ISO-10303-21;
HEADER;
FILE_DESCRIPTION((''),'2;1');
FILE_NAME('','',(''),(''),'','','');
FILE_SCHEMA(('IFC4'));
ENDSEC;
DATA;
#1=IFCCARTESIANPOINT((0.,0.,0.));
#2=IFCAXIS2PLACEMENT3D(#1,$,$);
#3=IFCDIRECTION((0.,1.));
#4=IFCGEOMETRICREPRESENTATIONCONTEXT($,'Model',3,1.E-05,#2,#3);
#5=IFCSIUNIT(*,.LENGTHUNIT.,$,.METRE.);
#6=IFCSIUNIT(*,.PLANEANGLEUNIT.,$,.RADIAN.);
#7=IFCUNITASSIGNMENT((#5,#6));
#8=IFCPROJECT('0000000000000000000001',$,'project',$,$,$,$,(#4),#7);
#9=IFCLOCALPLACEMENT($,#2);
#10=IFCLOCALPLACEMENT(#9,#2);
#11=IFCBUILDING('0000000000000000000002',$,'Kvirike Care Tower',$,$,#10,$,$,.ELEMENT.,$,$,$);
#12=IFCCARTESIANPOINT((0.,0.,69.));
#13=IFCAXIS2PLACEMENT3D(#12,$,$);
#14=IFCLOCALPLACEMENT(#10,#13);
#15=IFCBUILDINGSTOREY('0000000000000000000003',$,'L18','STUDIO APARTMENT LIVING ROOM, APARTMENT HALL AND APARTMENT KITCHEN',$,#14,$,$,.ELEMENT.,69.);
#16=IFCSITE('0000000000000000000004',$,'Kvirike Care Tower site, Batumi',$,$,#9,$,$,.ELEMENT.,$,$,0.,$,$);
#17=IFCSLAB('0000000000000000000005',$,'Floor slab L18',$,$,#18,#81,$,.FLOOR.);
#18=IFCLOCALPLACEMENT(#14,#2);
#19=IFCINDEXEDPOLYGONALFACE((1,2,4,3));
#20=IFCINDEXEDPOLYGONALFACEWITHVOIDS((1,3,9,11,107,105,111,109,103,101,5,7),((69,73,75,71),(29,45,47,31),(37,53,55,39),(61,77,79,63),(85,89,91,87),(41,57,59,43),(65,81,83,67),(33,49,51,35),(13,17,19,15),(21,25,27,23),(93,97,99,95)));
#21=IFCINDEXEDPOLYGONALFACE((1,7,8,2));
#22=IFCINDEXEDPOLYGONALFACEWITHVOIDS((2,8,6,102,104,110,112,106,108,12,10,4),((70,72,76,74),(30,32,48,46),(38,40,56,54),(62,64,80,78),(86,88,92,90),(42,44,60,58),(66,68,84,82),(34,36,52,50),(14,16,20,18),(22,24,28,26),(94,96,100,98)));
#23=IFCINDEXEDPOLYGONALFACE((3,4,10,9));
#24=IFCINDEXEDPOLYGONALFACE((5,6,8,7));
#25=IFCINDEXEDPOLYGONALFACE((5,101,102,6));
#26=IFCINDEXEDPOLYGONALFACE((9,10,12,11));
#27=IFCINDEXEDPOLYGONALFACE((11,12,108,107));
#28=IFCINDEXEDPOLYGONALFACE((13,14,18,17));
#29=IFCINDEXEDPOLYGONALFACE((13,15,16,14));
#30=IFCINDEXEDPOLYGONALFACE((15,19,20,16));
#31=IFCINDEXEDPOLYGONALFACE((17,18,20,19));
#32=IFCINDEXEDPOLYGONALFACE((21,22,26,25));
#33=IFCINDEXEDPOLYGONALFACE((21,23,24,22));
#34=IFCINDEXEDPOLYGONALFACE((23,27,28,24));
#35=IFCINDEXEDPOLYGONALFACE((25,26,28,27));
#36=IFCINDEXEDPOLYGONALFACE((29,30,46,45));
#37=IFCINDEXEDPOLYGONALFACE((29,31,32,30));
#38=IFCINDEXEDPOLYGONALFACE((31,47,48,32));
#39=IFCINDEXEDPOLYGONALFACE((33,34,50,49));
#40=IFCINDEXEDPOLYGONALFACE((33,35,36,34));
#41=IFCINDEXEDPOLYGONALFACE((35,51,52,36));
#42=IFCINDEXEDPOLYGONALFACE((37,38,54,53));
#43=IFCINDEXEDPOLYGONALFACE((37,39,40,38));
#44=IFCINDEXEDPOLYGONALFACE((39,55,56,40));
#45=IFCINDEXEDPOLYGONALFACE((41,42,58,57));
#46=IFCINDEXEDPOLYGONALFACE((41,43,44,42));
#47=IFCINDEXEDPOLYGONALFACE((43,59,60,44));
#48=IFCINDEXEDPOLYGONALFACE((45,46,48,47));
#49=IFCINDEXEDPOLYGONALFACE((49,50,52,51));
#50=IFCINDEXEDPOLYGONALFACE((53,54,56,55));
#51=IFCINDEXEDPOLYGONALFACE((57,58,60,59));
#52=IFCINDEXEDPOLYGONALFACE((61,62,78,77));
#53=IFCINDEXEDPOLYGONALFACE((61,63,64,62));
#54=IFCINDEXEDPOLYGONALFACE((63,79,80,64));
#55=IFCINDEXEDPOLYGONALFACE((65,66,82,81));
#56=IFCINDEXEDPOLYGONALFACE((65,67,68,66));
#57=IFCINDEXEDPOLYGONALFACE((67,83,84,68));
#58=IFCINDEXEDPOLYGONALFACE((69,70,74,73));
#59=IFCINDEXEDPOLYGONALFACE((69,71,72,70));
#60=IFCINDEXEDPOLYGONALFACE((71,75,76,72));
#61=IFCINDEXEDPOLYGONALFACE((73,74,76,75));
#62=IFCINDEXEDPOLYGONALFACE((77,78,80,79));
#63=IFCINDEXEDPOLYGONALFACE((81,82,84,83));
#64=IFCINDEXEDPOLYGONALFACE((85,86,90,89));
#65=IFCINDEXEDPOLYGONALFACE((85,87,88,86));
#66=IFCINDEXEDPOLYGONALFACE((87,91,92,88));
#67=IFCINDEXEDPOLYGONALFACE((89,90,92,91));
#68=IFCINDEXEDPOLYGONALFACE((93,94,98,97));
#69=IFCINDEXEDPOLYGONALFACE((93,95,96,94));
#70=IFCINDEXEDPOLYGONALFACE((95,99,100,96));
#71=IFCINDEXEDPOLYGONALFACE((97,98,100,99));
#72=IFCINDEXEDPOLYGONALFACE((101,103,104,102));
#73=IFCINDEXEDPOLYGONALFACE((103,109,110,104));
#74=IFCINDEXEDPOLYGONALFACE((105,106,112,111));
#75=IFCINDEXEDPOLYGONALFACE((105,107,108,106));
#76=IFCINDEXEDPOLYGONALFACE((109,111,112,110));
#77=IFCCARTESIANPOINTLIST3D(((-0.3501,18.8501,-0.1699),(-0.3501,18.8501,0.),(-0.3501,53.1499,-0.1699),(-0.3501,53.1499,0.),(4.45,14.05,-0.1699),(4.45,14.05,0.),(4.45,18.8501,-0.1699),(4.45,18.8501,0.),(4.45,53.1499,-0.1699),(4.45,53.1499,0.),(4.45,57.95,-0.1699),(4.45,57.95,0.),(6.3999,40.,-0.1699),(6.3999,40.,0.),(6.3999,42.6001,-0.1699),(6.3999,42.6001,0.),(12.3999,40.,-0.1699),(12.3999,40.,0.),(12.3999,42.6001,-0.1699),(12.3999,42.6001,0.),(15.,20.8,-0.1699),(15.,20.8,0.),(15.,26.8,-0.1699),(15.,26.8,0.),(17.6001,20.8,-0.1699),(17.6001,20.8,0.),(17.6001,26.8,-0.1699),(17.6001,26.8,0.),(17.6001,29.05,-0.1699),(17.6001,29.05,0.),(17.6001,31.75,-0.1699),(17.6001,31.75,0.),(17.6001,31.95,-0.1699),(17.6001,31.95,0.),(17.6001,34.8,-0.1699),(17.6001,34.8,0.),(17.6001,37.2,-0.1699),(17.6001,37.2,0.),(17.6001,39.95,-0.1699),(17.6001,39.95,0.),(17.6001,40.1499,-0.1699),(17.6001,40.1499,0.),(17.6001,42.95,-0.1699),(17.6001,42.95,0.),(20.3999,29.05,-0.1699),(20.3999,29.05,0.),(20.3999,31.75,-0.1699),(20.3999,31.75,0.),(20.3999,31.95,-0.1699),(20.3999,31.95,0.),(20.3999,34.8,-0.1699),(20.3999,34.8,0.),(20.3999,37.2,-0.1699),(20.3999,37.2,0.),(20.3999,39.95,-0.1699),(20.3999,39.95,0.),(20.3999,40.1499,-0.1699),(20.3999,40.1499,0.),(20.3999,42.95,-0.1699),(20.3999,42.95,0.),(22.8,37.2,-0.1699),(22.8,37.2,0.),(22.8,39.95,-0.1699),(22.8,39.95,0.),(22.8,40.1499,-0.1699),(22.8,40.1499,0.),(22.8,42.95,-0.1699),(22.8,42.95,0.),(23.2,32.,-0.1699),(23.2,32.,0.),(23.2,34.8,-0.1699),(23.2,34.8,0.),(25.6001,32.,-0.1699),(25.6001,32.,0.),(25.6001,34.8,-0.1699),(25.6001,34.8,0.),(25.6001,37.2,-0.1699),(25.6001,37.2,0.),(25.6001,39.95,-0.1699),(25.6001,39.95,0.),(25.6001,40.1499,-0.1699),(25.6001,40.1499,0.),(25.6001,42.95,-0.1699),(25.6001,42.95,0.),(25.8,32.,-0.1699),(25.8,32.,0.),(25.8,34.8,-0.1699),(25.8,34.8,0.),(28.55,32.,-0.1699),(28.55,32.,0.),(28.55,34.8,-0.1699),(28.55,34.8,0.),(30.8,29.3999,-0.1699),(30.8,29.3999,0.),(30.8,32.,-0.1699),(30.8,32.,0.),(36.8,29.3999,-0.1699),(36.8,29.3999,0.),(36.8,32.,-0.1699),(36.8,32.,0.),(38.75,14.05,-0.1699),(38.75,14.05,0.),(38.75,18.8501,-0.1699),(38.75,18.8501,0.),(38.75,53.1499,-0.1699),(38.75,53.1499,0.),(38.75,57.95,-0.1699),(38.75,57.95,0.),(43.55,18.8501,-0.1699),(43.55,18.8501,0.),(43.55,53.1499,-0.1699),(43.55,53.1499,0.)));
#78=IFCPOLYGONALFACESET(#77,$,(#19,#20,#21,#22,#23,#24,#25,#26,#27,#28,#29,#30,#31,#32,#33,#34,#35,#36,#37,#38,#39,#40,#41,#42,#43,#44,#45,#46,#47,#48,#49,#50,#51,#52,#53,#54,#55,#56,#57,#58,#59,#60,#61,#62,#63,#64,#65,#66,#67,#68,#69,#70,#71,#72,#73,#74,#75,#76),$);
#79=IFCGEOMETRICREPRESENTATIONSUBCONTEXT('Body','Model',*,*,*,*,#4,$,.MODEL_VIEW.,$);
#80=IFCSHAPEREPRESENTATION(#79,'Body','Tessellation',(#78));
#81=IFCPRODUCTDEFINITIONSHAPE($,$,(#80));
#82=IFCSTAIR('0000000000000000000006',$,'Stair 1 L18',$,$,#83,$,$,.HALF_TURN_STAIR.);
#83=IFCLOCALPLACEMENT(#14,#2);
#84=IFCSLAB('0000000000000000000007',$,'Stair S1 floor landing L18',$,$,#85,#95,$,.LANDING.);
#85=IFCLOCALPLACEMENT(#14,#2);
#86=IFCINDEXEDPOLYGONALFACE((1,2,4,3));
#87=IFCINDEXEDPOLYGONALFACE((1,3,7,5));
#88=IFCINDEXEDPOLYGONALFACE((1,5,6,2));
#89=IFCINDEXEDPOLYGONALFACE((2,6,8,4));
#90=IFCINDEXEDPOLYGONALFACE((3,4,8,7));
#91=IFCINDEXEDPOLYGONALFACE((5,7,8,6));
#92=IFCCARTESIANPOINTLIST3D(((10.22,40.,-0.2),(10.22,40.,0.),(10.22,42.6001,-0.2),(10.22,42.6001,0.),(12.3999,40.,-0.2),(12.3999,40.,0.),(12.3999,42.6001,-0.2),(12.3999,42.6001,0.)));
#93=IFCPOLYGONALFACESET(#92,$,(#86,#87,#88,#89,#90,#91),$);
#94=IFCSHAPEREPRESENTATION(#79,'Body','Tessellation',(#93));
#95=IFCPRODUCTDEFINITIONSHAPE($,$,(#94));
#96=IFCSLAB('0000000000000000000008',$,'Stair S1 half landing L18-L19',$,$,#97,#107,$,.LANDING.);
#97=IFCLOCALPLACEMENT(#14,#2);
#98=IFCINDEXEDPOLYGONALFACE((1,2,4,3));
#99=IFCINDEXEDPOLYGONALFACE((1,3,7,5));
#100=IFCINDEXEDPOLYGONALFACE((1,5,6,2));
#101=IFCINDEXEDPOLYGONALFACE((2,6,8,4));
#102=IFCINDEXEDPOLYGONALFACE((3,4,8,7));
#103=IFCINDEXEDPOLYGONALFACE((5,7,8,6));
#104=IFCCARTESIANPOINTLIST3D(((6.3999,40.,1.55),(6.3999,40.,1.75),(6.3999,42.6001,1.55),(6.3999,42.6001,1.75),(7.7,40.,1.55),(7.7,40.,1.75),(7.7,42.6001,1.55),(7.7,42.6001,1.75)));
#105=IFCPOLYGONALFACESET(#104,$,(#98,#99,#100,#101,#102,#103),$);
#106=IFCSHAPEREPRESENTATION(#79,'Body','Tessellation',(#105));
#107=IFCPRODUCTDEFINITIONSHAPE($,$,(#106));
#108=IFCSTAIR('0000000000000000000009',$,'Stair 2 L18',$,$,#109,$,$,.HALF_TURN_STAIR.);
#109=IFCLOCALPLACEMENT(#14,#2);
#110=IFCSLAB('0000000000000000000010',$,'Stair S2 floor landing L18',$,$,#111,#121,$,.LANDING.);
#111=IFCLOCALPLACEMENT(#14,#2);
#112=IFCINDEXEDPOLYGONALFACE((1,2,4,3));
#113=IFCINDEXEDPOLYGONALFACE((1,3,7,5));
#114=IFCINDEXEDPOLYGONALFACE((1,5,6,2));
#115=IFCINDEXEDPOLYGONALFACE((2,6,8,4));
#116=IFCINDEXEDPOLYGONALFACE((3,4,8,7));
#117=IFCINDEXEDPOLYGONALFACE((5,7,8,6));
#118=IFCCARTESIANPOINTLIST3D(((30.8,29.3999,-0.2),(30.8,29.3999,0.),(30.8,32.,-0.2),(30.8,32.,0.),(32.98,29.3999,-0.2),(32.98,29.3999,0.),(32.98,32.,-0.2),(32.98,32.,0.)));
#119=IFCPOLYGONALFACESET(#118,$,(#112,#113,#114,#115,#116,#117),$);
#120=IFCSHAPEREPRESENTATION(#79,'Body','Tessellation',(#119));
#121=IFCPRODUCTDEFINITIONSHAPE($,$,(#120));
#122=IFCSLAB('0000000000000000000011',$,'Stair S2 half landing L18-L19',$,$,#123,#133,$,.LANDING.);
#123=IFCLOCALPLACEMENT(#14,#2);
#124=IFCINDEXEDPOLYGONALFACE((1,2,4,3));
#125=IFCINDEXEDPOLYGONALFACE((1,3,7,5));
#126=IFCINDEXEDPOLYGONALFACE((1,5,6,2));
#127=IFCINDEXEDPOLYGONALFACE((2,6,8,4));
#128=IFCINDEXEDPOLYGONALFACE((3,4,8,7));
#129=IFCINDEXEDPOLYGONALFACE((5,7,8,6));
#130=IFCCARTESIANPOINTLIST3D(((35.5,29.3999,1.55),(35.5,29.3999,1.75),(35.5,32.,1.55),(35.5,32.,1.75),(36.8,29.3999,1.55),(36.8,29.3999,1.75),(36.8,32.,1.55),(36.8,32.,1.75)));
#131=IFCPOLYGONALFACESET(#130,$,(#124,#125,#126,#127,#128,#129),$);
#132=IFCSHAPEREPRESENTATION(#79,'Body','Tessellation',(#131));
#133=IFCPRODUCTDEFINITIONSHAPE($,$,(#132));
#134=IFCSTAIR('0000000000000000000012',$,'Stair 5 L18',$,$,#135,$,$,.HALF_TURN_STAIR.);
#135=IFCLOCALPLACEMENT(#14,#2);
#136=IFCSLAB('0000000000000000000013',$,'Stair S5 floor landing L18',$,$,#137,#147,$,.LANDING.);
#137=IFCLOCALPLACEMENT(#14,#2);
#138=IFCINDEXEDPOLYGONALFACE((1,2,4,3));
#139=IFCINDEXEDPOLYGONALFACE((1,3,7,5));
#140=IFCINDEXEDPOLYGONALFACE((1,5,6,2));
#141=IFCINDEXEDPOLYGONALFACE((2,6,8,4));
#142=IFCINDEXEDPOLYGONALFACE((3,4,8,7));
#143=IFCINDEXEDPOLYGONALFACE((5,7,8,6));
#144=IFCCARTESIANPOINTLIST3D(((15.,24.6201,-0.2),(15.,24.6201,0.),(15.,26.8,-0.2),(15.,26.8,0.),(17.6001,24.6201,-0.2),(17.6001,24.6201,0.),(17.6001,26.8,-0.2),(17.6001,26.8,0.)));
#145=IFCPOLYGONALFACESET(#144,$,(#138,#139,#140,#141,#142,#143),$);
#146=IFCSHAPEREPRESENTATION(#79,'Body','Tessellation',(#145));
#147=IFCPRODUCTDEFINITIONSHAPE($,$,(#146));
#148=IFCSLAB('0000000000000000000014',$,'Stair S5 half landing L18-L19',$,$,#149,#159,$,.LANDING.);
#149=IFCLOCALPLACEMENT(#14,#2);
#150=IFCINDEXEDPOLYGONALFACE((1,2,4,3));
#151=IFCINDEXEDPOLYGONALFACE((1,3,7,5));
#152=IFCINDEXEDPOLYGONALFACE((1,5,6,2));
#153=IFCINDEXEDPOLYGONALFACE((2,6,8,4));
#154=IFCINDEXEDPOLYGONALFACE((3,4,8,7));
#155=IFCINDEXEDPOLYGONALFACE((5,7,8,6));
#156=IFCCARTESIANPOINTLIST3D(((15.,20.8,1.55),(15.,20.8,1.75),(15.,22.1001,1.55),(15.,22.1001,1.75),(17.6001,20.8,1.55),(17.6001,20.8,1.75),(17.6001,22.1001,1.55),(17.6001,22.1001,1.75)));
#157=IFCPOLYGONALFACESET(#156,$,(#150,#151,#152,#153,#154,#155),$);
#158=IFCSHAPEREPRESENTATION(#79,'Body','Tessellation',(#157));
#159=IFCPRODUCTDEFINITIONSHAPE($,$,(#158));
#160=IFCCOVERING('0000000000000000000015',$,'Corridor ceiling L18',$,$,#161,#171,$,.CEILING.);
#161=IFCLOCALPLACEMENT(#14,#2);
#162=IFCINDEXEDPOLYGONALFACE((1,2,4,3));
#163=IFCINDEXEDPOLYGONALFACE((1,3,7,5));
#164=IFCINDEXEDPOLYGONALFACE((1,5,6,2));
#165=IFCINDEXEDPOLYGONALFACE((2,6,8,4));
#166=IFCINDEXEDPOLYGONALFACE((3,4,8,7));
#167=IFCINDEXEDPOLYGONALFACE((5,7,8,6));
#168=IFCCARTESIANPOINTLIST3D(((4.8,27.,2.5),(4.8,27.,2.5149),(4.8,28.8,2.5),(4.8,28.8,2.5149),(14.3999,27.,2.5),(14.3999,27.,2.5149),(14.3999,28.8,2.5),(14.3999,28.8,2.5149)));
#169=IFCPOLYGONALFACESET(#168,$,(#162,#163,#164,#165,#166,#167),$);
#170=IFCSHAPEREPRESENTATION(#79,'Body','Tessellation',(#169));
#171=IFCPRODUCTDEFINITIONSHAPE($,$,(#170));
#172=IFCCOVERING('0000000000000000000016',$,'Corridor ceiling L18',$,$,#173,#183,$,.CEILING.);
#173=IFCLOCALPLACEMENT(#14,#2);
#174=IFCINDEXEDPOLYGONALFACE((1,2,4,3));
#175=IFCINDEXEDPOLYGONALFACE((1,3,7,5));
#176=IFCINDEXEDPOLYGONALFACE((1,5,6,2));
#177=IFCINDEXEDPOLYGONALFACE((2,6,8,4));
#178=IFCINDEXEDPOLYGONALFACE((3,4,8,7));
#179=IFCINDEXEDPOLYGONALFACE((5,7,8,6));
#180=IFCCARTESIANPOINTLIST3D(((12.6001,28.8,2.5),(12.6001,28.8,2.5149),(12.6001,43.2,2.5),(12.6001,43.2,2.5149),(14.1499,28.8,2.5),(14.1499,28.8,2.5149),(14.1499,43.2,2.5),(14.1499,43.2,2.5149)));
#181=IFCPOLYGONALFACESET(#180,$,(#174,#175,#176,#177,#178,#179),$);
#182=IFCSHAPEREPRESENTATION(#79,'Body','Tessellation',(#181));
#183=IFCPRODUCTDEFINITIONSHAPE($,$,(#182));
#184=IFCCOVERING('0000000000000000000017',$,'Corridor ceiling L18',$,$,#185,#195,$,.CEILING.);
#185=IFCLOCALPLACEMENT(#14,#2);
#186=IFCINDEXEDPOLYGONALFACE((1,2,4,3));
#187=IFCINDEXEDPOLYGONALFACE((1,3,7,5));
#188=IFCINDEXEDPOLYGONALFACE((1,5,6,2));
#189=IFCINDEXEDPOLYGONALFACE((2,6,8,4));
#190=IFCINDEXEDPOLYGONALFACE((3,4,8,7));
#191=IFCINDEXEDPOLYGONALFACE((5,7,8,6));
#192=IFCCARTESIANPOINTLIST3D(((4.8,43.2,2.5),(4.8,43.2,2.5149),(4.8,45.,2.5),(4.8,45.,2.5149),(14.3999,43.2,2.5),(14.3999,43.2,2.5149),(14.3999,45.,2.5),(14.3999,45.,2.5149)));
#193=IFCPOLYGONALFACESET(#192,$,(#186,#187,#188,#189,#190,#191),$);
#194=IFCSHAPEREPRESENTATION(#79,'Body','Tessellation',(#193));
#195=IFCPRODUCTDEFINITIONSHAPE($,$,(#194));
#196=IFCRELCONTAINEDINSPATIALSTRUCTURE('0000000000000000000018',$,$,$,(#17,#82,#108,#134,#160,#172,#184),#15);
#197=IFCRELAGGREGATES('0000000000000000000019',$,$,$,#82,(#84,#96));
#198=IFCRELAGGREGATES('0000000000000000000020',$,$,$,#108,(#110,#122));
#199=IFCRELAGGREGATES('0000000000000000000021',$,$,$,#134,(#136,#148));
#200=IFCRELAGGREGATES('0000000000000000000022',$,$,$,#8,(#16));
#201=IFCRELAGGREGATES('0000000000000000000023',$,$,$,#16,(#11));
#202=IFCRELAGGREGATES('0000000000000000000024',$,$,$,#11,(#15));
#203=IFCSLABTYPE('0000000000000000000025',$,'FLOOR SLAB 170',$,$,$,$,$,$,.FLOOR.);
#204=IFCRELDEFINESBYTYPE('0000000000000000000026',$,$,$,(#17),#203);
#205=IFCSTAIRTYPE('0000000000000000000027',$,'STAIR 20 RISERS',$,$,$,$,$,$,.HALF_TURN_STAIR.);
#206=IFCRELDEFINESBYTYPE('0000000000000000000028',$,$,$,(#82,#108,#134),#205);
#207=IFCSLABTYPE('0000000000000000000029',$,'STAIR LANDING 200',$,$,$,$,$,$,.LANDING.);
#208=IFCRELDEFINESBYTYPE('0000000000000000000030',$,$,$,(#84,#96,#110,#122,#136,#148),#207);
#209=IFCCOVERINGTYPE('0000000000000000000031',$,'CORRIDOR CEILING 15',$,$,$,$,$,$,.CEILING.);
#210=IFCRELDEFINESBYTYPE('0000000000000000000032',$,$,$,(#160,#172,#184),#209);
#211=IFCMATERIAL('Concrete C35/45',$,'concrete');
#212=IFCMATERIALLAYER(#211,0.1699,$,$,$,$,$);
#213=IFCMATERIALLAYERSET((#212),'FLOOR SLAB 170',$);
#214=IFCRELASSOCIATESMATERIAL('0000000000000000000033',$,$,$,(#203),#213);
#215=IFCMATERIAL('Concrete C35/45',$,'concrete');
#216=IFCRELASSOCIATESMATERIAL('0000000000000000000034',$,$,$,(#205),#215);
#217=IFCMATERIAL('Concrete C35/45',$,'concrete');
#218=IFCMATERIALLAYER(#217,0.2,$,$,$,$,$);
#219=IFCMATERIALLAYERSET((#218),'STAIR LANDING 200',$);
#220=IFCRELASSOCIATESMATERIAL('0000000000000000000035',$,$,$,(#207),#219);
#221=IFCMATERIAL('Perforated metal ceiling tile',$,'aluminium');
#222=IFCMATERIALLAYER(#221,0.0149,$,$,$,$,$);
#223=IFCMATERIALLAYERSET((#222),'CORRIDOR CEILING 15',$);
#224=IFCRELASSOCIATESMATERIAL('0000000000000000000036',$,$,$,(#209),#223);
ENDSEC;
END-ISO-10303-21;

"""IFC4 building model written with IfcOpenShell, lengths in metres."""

from ifc_helpers import new_model, si_unit, direction, frame, origin, place, context, subcontext, project, spatial, polyline, outline, extrude, material, layer, layer_set, type_object, element, aggregate, save


model = new_model("IFC4")

# Units and contexts
model_context = context("Model", 3, precision=1e-05, world=origin(), true_north=direction((0.0, 1.0)))
body_context = subcontext(model_context, "Body", "Model", "MODEL_VIEW")
ifc_project = project(units=[si_unit("LENGTHUNIT", "METRE"), si_unit("PLANEANGLEUNIT", "RADIAN")], contexts=[model_context])

# Site, building, storey
site_placement = place(None, origin())
site = spatial("IfcSite", under=ifc_project, at=site_placement, Name="Kvirike Care Tower site, Batumi", CompositionType="ELEMENT", RefElevation=0.0)
building_placement = place(site_placement, origin())
building = spatial("IfcBuilding", under=site, at=building_placement, Name="Kvirike Care Tower", CompositionType="ELEMENT")
storey_placement = place(building_placement, frame((0.0, 0.0, 69.0)))
storey = spatial("IfcBuildingStorey", under=building, at=storey_placement, Name="L18", Description="STUDIO APARTMENT LIVING ROOM, APARTMENT HALL AND APARTMENT KITCHEN", CompositionType="ELEMENT", Elevation=69.0)

# Slab
ifc_material_1 = material(Name="Concrete C35/45", Category="concrete")
ifc_layer_1 = layer(ifc_material_1, 0.1699)
ifc_layer_set_1 = layer_set([ifc_layer_1], Name="FLOOR SLAB 170")
slab_type_1 = type_object("IfcSlabType", Name="FLOOR SLAB 170", PredefinedType="FLOOR", material=ifc_layer_set_1)
slab_1_placement = place(storey_placement, frame((0.0, 0.0, -0.1699)))
element("IfcSlab", 1, at=slab_1_placement, inside=storey, type_object=slab_type_1, Name="Floor slab L18", PredefinedType="FLOOR", context=body_context, shape_type="SweptSolid", body=[
    extrude(outline(polyline([(-0.3501, 53.1499), (-0.3501, 18.8501), (4.45, 18.8501), (4.45, 14.05), (38.75, 14.05), (38.75, 18.8501), (43.55, 18.8501), (43.55, 53.1499), (38.75, 53.1499), (38.75, 57.95), (4.45, 57.95), (4.45, 53.1499), (-0.3501, 53.1499)]), holes=[polyline([(17.6001, 29.05), (17.6001, 31.75), (20.3999, 31.75), (20.3999, 29.05), (17.6001, 29.05)]), polyline([(17.6001, 31.95), (17.6001, 34.8), (20.3999, 34.8), (20.3999, 31.95), (17.6001, 31.95)]), polyline([(17.6001, 37.2), (17.6001, 39.95), (20.3999, 39.95), (20.3999, 37.2), (17.6001, 37.2)]), polyline([(17.6001, 40.1499), (17.6001, 42.95), (20.3999, 42.95), (20.3999, 40.1499), (17.6001, 40.1499)]), polyline([(22.8, 37.2), (22.8, 39.95), (25.6001, 39.95), (25.6001, 37.2), (22.8, 37.2)]), polyline([(22.8, 40.1499), (22.8, 42.95), (25.6001, 42.95), (25.6001, 40.1499), (22.8, 40.1499)]), polyline([(23.2, 32.0), (23.2, 34.8), (25.6001, 34.8), (25.6001, 32.0), (23.2, 32.0)]), polyline([(25.8, 32.0), (25.8, 34.8), (28.55, 34.8), (28.55, 32.0), (25.8, 32.0)]), polyline([(12.3999, 42.6001), (12.3999, 40.0), (6.3999, 40.0), (6.3999, 42.6001), (12.3999, 42.6001)]), polyline([(30.8, 29.3999), (30.8, 32.0), (36.8, 32.0), (36.8, 29.3999), (30.8, 29.3999)]), polyline([(15.0, 26.8), (17.6001, 26.8), (17.6001, 20.8), (15.0, 20.8), (15.0, 26.8)])]), origin(), (0.0, 0.0, 1.0), 0.1699),
])

# Stairs, slabs
ifc_material_2 = material(Name="Concrete C35/45", Category="concrete")
stair_type = type_object("IfcStairType", Name="STAIR 20 RISERS", PredefinedType="HALF_TURN_STAIR", material=ifc_material_2)
stair_1_placement = place(storey_placement, origin())
stair_1 = element("IfcStair", 2, at=stair_1_placement, inside=storey, type_object=stair_type, Name="Stair 1 L18", PredefinedType="HALF_TURN_STAIR")
ifc_material_3 = material(Name="Concrete C35/45", Category="concrete")
ifc_layer_2 = layer(ifc_material_3, 0.2)
ifc_layer_set_2 = layer_set([ifc_layer_2], Name="STAIR LANDING 200")
slab_type_2 = type_object("IfcSlabType", Name="STAIR LANDING 200", PredefinedType="LANDING", material=ifc_layer_set_2)
slab_2_placement = place(storey_placement, frame((0.0, 0.0, -0.2)))
slab_2 = element("IfcSlab", 3, at=slab_2_placement, type_object=slab_type_2, Name="Stair S1 floor landing L18", PredefinedType="LANDING", context=body_context, shape_type="SweptSolid", body=[
    extrude(outline(polyline([(10.22, 42.6001), (10.22, 40.0), (12.3999, 40.0), (12.3999, 42.6001), (10.22, 42.6001)])), origin(), (0.0, 0.0, 1.0), 0.2),
])
slab_3_placement = place(storey_placement, frame((0.0, 0.0, 1.55)))
slab_3 = element("IfcSlab", 4, at=slab_3_placement, type_object=slab_type_2, Name="Stair S1 half landing L18-L19", PredefinedType="LANDING", context=body_context, shape_type="SweptSolid", body=[
    extrude(outline(polyline([(6.3999, 42.6001), (6.3999, 40.0), (7.7, 40.0), (7.7, 42.6001), (6.3999, 42.6001)])), origin(), (0.0, 0.0, 1.0), 0.2),
])
aggregate(stair_1, [slab_2, slab_3])
stair_2_placement = place(storey_placement, origin())
stair_2 = element("IfcStair", 5, at=stair_2_placement, inside=storey, type_object=stair_type, Name="Stair 2 L18", PredefinedType="HALF_TURN_STAIR")
slab_4_placement = place(storey_placement, frame((0.0, 0.0, -0.2)))
slab_4 = element("IfcSlab", 6, at=slab_4_placement, type_object=slab_type_2, Name="Stair S2 floor landing L18", PredefinedType="LANDING", context=body_context, shape_type="SweptSolid", body=[
    extrude(outline(polyline([(32.98, 29.3999), (32.98, 32.0), (30.8, 32.0), (30.8, 29.3999), (32.98, 29.3999)])), origin(), (0.0, 0.0, 1.0), 0.2),
])
slab_5_placement = place(storey_placement, frame((0.0, 0.0, 1.55)))
slab_5 = element("IfcSlab", 7, at=slab_5_placement, type_object=slab_type_2, Name="Stair S2 half landing L18-L19", PredefinedType="LANDING", context=body_context, shape_type="SweptSolid", body=[
    extrude(outline(polyline([(36.8, 29.3999), (36.8, 32.0), (35.5, 32.0), (35.5, 29.3999), (36.8, 29.3999)])), origin(), (0.0, 0.0, 1.0), 0.2),
])
aggregate(stair_2, [slab_4, slab_5])
stair_3_placement = place(storey_placement, origin())
stair_3 = element("IfcStair", 8, at=stair_3_placement, inside=storey, type_object=stair_type, Name="Stair 5 L18", PredefinedType="HALF_TURN_STAIR")
slab_6_placement = place(storey_placement, frame((0.0, 0.0, -0.2)))
slab_6 = element("IfcSlab", 9, at=slab_6_placement, type_object=slab_type_2, Name="Stair S5 floor landing L18", PredefinedType="LANDING", context=body_context, shape_type="SweptSolid", body=[
    extrude(outline(polyline([(15.0, 24.6201), (17.6001, 24.6201), (17.6001, 26.8), (15.0, 26.8), (15.0, 24.6201)])), origin(), (0.0, 0.0, 1.0), 0.2),
])
slab_7_placement = place(storey_placement, frame((0.0, 0.0, 1.55)))
slab_7 = element("IfcSlab", 10, at=slab_7_placement, type_object=slab_type_2, Name="Stair S5 half landing L18-L19", PredefinedType="LANDING", context=body_context, shape_type="SweptSolid", body=[
    extrude(outline(polyline([(15.0, 20.8), (17.6001, 20.8), (17.6001, 22.1001), (15.0, 22.1001), (15.0, 20.8)])), origin(), (0.0, 0.0, 1.0), 0.2),
])
aggregate(stair_3, [slab_6, slab_7])

# Coverings
ifc_material_4 = material(Name="Perforated metal ceiling tile", Category="aluminium")
ifc_layer_3 = layer(ifc_material_4, 0.0149)
ifc_layer_set_3 = layer_set([ifc_layer_3], Name="CORRIDOR CEILING 15")
covering_type_1 = type_object("IfcCoveringType", Name="CORRIDOR CEILING 15", PredefinedType="CEILING", material=ifc_layer_set_3)
covering_1_placement = place(storey_placement, frame((0.0, 0.0, 2.5)))
element("IfcCovering", 11, at=covering_1_placement, inside=storey, type_object=covering_type_1, Name="Corridor ceiling L18", PredefinedType="CEILING", context=body_context, shape_type="SweptSolid", body=[
    extrude(outline(polyline([(4.8, 27.0), (4.8, 28.8), (14.3999, 28.8), (14.3999, 27.0), (4.8, 27.0)])), origin(), (0.0, 0.0, 1.0), 0.0149),
])
covering_2_placement = place(storey_placement, frame((0.0, 0.0, 2.5)))
element("IfcCovering", 12, at=covering_2_placement, inside=storey, type_object=covering_type_1, Name="Corridor ceiling L18", PredefinedType="CEILING", context=body_context, shape_type="SweptSolid", body=[
    extrude(outline(polyline([(12.6001, 43.2), (14.1499, 43.2), (14.1499, 28.8), (12.6001, 28.8), (12.6001, 43.2)])), origin(), (0.0, 0.0, 1.0), 0.0149),
])
covering_3_placement = place(storey_placement, frame((0.0, 0.0, 2.5)))
element("IfcCovering", 13, at=covering_3_placement, inside=storey, type_object=covering_type_1, Name="Corridor ceiling L18", PredefinedType="CEILING", context=body_context, shape_type="SweptSolid", body=[
    extrude(outline(polyline([(14.3999, 45.0), (14.3999, 43.2), (4.8, 43.2), (4.8, 45.0), (14.3999, 45.0)])), origin(), (0.0, 0.0, 1.0), 0.0149),
])

save(model, "model.ifc")
